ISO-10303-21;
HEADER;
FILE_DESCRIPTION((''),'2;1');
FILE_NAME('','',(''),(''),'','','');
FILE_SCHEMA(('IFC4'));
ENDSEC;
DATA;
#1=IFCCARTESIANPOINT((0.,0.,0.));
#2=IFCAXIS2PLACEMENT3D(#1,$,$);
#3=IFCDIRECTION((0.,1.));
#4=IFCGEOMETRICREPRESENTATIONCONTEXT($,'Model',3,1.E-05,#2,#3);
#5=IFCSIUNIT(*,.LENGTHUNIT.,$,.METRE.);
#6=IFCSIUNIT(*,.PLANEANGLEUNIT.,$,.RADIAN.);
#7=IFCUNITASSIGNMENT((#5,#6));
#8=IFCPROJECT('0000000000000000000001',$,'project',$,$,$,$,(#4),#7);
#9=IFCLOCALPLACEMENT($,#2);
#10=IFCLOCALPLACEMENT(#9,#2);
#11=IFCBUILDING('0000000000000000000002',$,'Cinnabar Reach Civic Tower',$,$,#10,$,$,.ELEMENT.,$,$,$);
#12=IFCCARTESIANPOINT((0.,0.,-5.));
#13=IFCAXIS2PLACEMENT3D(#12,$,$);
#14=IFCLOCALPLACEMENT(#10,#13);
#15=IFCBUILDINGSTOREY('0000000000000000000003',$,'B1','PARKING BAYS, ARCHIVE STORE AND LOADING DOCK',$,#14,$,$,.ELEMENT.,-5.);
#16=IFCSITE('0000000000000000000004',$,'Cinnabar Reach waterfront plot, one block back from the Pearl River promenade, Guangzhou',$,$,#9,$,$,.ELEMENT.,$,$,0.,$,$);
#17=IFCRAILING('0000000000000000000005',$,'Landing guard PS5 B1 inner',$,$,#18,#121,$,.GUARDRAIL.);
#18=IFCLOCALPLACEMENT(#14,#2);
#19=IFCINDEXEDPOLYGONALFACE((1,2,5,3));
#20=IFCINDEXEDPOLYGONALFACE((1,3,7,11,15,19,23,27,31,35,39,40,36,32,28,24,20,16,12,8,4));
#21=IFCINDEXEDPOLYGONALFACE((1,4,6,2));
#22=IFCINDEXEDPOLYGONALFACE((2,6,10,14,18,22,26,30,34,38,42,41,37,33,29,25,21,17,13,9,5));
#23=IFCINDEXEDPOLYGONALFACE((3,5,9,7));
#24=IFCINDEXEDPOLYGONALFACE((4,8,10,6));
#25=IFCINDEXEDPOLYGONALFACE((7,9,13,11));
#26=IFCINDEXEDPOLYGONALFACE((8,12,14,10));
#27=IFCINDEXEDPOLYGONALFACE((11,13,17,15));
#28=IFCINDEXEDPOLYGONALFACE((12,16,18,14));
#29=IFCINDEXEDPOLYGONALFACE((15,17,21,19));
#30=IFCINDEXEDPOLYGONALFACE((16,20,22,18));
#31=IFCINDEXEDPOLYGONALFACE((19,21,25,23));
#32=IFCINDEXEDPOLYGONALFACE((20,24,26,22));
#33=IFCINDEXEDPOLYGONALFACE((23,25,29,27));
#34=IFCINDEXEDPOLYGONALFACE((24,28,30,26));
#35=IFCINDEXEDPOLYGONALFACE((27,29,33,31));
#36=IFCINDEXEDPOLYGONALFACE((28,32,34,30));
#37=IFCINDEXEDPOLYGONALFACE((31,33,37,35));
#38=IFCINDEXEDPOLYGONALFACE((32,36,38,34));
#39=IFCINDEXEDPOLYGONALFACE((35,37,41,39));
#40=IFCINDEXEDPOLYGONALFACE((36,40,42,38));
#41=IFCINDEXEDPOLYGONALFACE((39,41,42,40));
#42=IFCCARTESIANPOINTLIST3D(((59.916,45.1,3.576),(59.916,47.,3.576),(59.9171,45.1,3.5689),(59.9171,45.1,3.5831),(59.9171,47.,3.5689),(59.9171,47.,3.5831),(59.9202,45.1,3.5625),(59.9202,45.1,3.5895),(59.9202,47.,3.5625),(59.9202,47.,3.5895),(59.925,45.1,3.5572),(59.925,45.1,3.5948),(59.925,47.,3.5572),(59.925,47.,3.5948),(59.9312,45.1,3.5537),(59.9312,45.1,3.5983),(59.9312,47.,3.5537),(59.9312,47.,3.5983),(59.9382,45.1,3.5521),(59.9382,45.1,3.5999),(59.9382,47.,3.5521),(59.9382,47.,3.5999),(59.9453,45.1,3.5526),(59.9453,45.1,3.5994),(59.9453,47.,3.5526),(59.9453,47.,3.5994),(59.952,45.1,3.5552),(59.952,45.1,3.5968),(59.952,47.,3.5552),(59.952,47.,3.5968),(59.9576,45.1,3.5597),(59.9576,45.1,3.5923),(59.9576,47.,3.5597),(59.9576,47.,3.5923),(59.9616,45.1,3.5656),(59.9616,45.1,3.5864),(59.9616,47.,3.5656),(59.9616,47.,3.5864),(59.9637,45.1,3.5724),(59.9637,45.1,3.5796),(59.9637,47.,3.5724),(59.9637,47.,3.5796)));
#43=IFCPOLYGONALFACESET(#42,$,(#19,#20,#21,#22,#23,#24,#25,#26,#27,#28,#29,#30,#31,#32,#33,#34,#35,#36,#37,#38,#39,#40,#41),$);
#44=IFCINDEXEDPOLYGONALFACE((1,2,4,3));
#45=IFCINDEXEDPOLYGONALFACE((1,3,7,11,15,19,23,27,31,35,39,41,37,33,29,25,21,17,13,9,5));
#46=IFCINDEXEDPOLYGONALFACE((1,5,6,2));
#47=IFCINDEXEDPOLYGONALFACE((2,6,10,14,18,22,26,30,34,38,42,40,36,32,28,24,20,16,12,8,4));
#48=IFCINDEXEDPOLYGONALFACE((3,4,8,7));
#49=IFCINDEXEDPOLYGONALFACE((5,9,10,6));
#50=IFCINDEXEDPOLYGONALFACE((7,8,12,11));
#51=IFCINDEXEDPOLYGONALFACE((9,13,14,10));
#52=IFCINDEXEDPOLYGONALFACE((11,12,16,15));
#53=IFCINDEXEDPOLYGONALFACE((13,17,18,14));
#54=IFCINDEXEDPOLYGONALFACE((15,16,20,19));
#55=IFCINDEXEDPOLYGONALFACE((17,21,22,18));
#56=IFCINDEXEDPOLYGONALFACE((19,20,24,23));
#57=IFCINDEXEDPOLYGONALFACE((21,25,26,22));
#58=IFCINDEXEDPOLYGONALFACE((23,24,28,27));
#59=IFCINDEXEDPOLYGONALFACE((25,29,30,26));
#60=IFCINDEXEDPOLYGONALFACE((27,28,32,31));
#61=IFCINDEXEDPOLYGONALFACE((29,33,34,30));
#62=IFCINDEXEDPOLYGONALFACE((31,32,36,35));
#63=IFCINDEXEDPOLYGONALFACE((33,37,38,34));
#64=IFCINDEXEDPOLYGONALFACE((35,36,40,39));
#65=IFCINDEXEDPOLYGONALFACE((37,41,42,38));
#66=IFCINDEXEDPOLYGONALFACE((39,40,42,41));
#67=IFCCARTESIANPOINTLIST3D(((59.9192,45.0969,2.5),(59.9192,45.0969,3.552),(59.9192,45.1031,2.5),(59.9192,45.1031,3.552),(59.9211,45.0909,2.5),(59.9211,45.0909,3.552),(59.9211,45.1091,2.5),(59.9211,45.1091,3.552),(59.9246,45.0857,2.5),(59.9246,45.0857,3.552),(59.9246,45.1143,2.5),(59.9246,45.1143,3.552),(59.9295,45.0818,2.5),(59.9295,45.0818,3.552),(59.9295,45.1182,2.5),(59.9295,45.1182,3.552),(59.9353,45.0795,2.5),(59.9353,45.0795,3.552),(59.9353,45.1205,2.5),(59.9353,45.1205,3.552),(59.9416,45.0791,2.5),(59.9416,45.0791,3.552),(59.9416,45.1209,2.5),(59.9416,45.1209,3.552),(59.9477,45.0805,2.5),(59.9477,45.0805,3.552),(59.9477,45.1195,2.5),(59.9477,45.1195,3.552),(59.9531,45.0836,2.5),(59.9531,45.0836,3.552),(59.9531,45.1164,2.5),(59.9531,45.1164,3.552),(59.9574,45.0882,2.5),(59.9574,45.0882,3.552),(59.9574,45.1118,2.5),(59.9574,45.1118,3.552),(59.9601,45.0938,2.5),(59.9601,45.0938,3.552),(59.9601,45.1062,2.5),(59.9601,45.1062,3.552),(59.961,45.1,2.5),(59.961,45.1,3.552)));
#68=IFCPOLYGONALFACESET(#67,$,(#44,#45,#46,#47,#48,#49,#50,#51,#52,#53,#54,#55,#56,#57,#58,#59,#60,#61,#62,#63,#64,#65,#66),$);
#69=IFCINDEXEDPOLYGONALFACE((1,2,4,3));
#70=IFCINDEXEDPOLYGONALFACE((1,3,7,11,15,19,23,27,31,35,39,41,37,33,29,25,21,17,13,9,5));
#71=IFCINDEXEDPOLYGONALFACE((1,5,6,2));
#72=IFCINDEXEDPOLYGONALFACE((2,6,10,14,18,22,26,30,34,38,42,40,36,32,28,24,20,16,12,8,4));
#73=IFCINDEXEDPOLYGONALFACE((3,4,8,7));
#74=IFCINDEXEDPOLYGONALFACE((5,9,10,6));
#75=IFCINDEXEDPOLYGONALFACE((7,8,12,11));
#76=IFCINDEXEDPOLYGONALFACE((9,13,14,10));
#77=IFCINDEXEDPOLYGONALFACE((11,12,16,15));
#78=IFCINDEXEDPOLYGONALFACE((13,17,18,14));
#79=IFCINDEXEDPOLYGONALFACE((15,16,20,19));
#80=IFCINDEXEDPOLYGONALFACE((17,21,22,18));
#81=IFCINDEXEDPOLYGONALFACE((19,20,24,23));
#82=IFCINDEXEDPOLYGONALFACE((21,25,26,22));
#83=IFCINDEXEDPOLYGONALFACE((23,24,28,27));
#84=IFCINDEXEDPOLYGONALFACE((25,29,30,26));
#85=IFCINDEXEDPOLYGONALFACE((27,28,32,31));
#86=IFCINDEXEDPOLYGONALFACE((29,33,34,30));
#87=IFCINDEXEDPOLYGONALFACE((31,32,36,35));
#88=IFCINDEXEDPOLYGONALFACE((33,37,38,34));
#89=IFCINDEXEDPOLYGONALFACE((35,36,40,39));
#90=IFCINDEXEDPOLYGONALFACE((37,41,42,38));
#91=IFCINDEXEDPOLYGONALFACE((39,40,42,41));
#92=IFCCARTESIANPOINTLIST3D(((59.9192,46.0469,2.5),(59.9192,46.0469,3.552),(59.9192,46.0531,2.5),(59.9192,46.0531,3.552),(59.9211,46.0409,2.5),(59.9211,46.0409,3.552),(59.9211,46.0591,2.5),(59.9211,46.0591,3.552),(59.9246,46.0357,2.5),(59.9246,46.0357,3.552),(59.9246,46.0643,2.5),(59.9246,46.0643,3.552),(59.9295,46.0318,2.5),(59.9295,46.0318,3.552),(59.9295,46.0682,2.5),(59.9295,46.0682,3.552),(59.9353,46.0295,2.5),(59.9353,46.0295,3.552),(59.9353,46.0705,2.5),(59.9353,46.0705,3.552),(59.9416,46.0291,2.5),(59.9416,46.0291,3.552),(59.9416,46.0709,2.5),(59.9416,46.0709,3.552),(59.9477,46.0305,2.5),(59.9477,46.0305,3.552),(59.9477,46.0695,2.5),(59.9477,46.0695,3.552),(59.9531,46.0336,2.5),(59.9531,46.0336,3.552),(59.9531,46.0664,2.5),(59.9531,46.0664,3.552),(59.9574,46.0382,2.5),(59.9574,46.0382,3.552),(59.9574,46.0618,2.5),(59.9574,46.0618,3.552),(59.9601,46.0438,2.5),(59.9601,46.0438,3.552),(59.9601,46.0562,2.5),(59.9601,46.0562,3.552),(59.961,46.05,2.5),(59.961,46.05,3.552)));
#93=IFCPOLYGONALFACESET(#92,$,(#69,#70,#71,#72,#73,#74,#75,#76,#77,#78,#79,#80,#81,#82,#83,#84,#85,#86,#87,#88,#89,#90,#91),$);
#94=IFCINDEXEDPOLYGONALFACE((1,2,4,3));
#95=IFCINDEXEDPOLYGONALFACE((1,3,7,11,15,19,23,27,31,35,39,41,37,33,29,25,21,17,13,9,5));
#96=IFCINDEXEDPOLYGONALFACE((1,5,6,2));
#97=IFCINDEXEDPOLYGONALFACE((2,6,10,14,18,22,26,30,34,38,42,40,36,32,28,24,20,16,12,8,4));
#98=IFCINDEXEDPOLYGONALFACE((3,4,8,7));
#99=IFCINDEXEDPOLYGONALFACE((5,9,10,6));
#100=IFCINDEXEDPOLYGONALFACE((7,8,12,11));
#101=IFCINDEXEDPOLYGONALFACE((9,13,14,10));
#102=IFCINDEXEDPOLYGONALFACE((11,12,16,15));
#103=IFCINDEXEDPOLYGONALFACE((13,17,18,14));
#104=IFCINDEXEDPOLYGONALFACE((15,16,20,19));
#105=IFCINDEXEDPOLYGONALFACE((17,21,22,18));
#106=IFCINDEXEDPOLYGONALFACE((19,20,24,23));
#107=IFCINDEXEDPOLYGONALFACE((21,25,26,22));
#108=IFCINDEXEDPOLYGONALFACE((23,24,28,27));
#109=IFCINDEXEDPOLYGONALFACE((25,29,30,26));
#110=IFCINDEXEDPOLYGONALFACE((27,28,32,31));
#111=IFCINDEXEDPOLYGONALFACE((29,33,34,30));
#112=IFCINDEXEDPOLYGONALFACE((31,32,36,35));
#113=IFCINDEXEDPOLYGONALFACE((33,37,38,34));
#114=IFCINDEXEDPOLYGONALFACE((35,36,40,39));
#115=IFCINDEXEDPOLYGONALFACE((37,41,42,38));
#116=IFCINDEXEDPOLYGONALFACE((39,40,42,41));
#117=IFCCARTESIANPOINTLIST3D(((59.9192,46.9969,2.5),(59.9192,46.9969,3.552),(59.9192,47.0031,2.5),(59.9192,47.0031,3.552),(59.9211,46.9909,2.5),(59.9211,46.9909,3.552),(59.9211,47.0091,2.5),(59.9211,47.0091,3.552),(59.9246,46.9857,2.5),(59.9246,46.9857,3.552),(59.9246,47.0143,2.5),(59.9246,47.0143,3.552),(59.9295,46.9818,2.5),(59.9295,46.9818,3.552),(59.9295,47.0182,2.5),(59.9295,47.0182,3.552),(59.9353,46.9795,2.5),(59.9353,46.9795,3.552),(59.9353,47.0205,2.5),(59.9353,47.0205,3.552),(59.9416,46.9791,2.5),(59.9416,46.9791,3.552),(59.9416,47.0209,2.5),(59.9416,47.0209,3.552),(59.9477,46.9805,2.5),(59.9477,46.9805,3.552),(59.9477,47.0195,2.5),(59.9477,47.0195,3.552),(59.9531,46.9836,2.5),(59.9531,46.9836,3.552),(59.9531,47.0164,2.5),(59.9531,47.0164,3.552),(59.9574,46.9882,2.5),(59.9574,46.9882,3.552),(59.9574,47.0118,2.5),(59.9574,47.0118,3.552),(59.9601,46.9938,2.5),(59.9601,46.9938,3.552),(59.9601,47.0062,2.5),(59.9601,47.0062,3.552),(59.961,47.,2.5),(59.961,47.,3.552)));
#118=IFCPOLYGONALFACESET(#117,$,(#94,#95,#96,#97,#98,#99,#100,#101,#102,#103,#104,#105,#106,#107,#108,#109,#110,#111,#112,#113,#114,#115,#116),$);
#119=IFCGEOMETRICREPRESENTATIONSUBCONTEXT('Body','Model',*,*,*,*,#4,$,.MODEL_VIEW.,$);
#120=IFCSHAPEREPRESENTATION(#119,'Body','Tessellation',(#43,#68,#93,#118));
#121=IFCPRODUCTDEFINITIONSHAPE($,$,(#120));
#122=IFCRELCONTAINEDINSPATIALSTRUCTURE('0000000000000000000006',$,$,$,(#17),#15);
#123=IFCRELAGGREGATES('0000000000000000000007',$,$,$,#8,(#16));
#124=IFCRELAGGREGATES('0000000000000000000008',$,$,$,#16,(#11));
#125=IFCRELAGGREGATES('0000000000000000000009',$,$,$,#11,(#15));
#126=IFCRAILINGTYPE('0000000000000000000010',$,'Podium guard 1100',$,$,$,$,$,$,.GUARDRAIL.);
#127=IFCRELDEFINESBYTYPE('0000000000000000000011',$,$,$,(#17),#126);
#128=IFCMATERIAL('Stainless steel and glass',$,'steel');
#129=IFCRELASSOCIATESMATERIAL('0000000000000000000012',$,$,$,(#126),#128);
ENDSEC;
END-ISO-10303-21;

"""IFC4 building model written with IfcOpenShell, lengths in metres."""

from ifc_helpers import new_model, si_unit, direction, frame, origin, origin_2d, place, context, subcontext, project, spatial, circle, extrude, material, type_object, element, save


model = new_model("IFC4")

# Units and contexts
model_context = context("Model", 3, precision=1e-05, world=origin(), true_north=direction((0.0, 1.0)))
body_context = subcontext(model_context, "Body", "Model", "MODEL_VIEW")
ifc_project = project(units=[si_unit("LENGTHUNIT", "METRE"), si_unit("PLANEANGLEUNIT", "RADIAN")], contexts=[model_context])

# Site, building, storey
site_placement = place(None, origin())
site = spatial("IfcSite", under=ifc_project, at=site_placement, Name="Cinnabar Reach waterfront plot, one block back from the Pearl River promenade, Guangzhou", CompositionType="ELEMENT", RefElevation=0.0)
building_placement = place(site_placement, origin())
building = spatial("IfcBuilding", under=site, at=building_placement, Name="Cinnabar Reach Civic Tower", CompositionType="ELEMENT")
storey_placement = place(building_placement, frame((0.0, 0.0, -5.0)))
storey = spatial("IfcBuildingStorey", under=building, at=storey_placement, Name="B1", Description="PARKING BAYS, ARCHIVE STORE AND LOADING DOCK", CompositionType="ELEMENT", Elevation=-5.0)

# Railing
ifc_material_1 = material(Name="Stainless steel and glass", Category="steel")
railing_type_1 = type_object("IfcRailingType", Name="Podium guard 1100", PredefinedType="GUARDRAIL", material=ifc_material_1)
railing_1_placement = place(storey_placement, frame((59.94, 45.1, 2.5)))
element("IfcRailing", 1, at=railing_1_placement, inside=storey, type_object=railing_type_1, Name="Landing guard PS5 B1 inner", PredefinedType="GUARDRAIL", context=body_context, shape_type="SweptSolid", body=[
    extrude(circle(Radius=0.024, at=origin_2d()), frame((0.0, 0.0, 1.076), z_axis=(0.0, 1.0, 0.0), x_axis=(-1.0, 0.0, 0.0)), (0.0, 0.0, 1.0), 1.9),
    extrude(circle(Radius=0.021, at=origin_2d()), origin(), (0.0, 0.0, 1.0), 1.052),
    extrude(circle(Radius=0.021, at=origin_2d()), frame((0.0, 0.95, 0.0)), (0.0, 0.0, 1.0), 1.052),
    extrude(circle(Radius=0.021, at=origin_2d()), frame((0.0, 1.9, 0.0)), (0.0, 0.0, 1.0), 1.052),
])

save(model, "model.ifc")
